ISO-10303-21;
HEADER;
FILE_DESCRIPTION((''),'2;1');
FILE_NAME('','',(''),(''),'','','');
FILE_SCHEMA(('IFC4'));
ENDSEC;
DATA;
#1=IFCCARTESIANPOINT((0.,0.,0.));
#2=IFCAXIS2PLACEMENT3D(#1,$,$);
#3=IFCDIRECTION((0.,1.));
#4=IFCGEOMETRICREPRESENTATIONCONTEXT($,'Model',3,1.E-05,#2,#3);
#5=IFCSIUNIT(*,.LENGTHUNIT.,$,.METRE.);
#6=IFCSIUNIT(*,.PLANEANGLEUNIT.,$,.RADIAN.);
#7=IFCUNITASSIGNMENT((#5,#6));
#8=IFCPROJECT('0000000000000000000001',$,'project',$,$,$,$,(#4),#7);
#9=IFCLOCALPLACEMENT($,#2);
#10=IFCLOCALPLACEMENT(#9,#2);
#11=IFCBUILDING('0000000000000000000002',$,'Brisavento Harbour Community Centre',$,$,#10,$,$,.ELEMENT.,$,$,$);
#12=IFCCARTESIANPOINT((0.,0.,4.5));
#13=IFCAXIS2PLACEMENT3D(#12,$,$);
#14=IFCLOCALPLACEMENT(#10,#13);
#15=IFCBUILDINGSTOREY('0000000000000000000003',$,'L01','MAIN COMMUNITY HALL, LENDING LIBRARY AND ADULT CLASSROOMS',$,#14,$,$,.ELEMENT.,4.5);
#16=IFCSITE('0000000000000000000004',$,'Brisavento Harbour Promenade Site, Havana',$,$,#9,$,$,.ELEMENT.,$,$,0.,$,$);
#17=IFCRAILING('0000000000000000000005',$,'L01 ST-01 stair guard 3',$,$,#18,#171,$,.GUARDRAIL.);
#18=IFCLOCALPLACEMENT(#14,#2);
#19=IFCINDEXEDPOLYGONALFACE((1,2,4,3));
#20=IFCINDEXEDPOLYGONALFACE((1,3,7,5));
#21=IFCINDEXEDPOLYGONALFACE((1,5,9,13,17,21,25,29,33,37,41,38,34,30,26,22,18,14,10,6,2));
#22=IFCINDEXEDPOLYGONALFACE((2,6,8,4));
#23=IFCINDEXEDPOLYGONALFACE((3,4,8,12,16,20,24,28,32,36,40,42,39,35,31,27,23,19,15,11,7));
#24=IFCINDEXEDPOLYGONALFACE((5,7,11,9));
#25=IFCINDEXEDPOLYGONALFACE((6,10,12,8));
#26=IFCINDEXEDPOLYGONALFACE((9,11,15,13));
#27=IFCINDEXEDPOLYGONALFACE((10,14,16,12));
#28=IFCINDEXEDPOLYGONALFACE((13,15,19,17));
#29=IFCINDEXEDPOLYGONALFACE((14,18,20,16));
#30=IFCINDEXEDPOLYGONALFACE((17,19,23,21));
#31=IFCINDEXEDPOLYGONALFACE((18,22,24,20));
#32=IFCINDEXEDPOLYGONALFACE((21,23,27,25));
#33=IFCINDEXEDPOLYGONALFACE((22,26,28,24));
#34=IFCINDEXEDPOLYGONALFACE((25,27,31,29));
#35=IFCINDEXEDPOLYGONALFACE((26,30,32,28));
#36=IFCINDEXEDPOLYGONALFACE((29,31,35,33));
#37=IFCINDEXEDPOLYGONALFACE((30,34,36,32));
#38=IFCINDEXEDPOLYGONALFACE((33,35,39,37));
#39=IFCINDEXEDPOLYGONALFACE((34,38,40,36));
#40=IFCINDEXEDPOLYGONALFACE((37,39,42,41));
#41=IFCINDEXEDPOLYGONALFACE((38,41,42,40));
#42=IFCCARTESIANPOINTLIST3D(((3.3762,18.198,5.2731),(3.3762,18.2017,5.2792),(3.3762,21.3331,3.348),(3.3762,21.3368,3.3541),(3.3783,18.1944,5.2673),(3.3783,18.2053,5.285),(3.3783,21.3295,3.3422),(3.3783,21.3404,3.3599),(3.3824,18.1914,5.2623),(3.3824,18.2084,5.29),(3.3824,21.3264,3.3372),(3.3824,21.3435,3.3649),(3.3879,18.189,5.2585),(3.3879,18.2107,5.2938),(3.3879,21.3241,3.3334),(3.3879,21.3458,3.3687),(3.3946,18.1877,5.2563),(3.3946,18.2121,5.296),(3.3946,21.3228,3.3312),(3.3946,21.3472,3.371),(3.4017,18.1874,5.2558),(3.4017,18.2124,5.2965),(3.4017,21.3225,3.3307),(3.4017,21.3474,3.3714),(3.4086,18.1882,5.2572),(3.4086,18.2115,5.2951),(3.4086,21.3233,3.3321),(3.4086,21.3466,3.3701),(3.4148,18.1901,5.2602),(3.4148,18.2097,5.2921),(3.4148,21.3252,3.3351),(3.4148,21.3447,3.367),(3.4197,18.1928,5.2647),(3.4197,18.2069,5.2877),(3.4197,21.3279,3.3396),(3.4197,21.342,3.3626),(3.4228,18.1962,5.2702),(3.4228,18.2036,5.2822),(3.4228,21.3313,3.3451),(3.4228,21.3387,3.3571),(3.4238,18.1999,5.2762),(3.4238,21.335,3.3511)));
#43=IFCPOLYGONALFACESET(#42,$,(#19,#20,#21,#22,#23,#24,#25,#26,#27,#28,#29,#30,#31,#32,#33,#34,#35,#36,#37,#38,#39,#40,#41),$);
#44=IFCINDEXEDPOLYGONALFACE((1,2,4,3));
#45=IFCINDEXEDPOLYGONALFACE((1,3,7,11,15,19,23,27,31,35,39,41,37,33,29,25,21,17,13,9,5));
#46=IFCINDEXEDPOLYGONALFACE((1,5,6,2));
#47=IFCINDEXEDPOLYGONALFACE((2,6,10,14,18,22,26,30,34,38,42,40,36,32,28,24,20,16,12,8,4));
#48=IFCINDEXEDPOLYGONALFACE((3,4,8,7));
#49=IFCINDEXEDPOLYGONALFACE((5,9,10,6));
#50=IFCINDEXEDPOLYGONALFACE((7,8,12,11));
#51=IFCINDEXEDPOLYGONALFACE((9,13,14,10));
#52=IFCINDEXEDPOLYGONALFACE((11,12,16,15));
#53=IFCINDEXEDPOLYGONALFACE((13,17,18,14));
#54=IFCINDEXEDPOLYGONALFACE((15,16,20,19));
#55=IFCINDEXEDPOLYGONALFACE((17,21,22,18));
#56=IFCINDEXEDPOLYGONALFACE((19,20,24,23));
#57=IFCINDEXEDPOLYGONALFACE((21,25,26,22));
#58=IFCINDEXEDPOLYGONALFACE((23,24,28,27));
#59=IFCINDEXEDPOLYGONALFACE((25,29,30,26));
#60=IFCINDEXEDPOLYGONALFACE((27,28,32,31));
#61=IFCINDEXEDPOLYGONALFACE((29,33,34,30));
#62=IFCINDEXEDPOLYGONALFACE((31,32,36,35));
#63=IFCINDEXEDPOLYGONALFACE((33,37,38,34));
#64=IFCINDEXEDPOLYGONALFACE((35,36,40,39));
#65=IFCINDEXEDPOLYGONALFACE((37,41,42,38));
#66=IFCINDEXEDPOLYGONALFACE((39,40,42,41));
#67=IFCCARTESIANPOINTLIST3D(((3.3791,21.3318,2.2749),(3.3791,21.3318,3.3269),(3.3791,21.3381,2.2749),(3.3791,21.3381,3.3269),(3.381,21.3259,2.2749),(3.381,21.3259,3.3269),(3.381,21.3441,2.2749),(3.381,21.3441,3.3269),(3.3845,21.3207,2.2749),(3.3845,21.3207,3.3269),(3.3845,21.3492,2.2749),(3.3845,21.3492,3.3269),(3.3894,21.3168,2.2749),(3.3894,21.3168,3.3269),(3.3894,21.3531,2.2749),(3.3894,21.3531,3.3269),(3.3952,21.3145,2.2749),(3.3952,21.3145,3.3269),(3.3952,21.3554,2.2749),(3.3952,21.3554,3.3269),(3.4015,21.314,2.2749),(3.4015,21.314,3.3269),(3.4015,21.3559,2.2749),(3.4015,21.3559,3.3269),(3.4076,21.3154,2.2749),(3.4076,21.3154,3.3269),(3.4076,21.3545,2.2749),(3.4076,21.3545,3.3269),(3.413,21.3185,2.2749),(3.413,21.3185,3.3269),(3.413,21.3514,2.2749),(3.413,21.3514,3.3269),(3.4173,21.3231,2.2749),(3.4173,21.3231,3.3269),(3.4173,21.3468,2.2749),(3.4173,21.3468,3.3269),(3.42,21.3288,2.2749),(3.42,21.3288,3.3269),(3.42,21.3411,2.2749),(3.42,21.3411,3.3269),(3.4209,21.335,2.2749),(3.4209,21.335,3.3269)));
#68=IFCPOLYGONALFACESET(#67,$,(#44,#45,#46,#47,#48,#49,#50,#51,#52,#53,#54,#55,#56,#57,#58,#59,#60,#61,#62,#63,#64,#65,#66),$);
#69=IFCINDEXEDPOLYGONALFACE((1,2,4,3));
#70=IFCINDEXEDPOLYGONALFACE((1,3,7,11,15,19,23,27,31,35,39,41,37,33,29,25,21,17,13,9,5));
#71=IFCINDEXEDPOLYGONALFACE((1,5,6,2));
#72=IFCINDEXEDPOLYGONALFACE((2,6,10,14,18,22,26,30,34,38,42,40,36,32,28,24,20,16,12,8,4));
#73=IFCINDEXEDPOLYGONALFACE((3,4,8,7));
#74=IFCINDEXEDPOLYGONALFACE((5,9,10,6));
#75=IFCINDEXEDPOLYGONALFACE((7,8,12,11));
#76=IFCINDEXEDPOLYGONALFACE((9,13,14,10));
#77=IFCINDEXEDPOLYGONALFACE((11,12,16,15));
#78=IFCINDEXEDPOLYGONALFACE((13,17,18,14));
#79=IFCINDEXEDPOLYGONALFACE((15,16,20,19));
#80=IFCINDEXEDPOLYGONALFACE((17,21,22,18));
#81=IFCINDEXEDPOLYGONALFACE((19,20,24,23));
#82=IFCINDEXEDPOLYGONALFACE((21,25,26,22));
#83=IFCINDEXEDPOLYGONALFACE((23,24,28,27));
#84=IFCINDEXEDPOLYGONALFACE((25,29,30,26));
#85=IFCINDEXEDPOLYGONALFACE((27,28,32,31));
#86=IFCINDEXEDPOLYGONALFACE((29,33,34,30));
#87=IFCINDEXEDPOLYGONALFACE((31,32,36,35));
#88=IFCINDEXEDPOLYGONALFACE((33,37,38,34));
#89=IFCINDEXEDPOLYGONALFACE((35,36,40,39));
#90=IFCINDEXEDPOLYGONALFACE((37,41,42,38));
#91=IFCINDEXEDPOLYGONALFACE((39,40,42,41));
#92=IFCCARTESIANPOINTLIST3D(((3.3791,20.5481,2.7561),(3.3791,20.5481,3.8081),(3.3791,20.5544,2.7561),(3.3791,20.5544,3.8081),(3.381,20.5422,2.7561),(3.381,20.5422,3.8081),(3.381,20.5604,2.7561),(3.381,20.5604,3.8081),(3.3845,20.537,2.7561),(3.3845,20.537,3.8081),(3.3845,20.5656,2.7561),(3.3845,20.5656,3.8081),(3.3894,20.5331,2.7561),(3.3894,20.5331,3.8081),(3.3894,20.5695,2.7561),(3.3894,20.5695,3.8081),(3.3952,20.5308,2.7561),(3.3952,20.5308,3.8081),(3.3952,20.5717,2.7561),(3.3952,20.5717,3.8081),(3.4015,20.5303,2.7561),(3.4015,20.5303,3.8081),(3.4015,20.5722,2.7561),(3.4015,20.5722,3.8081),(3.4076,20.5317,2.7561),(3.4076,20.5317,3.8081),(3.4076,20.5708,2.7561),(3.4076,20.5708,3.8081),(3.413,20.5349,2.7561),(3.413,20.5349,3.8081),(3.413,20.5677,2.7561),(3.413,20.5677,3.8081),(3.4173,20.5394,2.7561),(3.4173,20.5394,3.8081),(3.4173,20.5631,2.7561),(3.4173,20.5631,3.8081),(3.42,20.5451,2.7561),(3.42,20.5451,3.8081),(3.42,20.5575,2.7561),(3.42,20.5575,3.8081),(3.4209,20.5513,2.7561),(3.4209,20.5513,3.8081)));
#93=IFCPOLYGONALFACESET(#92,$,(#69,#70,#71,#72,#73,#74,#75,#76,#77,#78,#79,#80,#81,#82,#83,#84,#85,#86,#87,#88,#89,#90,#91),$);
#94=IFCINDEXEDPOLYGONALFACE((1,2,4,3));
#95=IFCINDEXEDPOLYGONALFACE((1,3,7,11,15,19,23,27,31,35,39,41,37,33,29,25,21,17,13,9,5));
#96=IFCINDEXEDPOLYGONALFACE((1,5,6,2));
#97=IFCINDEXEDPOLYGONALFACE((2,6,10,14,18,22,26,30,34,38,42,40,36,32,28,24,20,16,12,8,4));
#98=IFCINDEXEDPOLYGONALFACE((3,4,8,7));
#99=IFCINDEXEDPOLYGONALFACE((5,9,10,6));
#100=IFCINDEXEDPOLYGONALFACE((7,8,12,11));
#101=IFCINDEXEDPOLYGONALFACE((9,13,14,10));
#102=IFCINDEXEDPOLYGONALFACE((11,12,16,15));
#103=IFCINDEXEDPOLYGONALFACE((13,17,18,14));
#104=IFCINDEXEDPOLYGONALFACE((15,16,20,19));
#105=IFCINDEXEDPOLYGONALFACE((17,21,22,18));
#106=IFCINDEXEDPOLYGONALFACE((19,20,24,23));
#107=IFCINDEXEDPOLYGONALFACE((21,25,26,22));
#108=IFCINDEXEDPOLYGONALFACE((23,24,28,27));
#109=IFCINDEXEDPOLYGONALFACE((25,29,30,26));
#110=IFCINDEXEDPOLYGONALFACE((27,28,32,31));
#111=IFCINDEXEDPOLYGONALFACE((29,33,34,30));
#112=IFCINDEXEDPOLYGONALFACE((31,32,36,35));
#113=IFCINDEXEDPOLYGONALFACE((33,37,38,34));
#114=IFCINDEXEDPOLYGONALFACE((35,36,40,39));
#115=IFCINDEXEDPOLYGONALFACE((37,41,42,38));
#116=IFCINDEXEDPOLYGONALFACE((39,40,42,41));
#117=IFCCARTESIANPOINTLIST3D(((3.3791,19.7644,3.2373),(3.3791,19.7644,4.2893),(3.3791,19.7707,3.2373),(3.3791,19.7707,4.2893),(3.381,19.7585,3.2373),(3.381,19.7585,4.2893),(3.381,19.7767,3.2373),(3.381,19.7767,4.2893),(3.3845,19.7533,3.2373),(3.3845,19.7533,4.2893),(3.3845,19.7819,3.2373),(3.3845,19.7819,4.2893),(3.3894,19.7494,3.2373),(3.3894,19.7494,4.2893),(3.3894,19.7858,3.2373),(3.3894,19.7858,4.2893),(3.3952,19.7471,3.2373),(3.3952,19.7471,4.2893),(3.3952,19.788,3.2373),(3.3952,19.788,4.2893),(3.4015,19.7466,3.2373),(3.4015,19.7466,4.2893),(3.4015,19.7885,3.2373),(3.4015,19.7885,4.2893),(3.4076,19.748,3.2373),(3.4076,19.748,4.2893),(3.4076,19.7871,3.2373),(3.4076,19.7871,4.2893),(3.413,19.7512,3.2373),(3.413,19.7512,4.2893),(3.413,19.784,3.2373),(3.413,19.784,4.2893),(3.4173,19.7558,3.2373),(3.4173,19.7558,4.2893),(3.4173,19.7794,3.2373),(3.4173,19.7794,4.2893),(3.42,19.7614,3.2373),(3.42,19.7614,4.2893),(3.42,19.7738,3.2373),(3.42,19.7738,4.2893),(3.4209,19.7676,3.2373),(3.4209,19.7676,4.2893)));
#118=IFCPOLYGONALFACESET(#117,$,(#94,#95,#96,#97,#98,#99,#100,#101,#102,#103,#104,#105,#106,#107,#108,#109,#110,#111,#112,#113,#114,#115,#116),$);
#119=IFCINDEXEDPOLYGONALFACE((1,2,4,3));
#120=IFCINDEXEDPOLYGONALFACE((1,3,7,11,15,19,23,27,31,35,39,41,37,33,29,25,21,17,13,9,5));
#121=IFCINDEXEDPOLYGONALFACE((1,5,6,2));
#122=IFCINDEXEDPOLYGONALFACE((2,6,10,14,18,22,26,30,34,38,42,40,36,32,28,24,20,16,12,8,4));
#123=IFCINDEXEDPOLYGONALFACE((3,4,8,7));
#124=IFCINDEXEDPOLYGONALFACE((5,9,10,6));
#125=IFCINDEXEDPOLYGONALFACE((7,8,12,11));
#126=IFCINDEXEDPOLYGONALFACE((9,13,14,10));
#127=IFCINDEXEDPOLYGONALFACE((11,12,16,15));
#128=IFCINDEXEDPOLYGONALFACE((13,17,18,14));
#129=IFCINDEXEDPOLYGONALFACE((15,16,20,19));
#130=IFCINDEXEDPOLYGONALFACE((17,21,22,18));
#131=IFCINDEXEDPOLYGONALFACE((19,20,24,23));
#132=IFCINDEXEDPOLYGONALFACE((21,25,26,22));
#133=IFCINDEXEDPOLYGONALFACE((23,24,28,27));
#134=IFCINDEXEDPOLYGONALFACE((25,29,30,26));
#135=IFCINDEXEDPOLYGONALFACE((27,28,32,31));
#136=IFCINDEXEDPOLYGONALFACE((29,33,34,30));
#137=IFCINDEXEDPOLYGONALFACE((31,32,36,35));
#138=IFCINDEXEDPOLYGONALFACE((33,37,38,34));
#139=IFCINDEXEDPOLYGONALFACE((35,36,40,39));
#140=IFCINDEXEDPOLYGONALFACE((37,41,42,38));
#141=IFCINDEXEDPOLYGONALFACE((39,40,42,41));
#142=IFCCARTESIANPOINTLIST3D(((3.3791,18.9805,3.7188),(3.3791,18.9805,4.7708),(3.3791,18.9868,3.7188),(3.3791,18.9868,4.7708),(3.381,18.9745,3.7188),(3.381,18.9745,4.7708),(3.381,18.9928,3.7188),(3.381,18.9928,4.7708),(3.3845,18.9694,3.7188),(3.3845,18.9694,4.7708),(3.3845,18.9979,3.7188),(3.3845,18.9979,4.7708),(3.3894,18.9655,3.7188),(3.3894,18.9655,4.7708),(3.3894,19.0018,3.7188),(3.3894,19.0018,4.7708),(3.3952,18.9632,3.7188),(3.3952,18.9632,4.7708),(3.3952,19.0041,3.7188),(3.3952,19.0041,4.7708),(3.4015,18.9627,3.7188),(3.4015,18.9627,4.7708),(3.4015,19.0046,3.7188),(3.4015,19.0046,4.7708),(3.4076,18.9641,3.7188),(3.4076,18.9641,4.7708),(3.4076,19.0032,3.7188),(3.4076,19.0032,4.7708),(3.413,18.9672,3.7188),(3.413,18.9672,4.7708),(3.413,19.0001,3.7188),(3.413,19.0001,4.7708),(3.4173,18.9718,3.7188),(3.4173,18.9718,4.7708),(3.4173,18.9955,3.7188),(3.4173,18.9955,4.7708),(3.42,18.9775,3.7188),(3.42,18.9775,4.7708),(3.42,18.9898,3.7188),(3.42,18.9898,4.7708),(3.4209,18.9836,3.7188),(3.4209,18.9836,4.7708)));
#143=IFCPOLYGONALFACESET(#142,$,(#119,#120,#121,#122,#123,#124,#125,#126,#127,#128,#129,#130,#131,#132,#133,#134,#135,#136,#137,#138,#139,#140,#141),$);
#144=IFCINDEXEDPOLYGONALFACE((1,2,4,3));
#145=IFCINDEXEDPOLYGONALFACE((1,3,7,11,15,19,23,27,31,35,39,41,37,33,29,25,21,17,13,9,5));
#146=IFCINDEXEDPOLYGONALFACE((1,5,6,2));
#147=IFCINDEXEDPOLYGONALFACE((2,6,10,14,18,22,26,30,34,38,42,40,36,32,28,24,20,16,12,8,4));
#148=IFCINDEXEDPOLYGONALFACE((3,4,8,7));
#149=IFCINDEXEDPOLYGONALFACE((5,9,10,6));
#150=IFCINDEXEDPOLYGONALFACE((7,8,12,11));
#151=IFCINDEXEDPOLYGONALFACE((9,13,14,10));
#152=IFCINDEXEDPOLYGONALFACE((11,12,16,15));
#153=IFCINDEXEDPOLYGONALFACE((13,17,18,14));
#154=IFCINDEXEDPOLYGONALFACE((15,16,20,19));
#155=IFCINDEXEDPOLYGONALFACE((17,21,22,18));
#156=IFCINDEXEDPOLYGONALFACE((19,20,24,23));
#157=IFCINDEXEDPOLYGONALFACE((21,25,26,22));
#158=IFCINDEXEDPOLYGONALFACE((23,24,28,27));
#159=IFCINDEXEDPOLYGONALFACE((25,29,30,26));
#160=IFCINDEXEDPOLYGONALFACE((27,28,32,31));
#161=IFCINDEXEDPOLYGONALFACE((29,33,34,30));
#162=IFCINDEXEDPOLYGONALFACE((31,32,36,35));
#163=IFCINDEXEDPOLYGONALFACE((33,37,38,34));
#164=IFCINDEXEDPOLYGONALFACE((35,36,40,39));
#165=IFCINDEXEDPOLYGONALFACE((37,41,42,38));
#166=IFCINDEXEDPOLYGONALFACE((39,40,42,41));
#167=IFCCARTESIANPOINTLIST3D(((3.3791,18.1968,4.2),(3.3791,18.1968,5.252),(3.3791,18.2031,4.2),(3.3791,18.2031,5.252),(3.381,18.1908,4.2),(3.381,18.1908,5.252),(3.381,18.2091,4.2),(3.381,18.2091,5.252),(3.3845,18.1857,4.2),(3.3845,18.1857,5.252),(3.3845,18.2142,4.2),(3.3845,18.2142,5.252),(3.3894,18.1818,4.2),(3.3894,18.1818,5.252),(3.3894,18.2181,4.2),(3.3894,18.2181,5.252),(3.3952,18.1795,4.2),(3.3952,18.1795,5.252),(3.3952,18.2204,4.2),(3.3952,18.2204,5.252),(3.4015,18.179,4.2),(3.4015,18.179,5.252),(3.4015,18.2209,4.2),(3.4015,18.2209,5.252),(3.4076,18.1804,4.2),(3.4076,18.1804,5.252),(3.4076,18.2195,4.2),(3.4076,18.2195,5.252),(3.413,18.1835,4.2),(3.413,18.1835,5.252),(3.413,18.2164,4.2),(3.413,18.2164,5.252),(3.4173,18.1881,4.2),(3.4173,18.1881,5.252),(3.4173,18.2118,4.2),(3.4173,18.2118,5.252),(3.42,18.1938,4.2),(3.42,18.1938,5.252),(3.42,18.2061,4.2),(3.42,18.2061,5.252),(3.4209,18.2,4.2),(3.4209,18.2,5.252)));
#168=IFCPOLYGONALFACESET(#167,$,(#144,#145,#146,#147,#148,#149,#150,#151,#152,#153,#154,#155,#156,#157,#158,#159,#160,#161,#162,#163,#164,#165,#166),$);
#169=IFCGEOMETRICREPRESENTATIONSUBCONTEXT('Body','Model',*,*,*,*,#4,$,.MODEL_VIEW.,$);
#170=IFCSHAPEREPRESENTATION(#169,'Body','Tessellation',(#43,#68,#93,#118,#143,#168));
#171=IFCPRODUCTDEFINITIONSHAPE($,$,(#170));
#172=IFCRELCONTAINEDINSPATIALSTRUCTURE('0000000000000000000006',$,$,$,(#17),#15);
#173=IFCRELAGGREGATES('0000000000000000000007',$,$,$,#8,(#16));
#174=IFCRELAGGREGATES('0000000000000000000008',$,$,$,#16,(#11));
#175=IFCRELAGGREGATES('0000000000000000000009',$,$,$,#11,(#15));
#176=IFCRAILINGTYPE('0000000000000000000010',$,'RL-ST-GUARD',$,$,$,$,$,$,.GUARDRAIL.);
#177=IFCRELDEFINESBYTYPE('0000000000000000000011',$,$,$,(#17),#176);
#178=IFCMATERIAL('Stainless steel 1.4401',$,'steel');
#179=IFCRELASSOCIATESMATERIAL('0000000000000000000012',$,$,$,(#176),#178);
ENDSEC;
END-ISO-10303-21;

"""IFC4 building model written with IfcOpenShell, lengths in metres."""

from ifc_helpers import new_model, si_unit, direction, frame, origin, origin_2d, place, context, subcontext, project, spatial, circle, extrude, material, type_object, element, save


model = new_model("IFC4")

# Units and contexts
model_context = context("Model", 3, precision=1e-05, world=origin(), true_north=direction((0.0, 1.0)))
body_context = subcontext(model_context, "Body", "Model", "MODEL_VIEW")
ifc_project = project(units=[si_unit("LENGTHUNIT", "METRE"), si_unit("PLANEANGLEUNIT", "RADIAN")], contexts=[model_context])

# Site, building, storey
site_placement = place(None, origin())
site = spatial("IfcSite", under=ifc_project, at=site_placement, Name="Brisavento Harbour Promenade Site, Havana", CompositionType="ELEMENT", RefElevation=0.0)
building_placement = place(site_placement, origin())
building = spatial("IfcBuilding", under=site, at=building_placement, Name="Brisavento Harbour Community Centre", CompositionType="ELEMENT")
storey_placement = place(building_placement, frame((0.0, 0.0, 4.5)))
storey = spatial("IfcBuildingStorey", under=building, at=storey_placement, Name="L01", Description="MAIN COMMUNITY HALL, LENDING LIBRARY AND ADULT CLASSROOMS", CompositionType="ELEMENT", Elevation=4.5)

# Shared definitions
ifc_material_1 = material(Name="Stainless steel 1.4401", Category="steel")

# Railing
railing_type_1 = type_object("IfcRailingType", Name="RL-ST-GUARD", PredefinedType="GUARDRAIL", material=ifc_material_1)
railing_1_placement = place(storey_placement, frame((3.3999, 21.335, 2.2749)))
element("IfcRailing", 1, at=railing_1_placement, inside=storey, type_object=railing_type_1, Name="L01 ST-01 stair guard 3", PredefinedType="GUARDRAIL", context=body_context, shape_type="SweptSolid", body=[
    extrude(circle(Radius=0.0239, at=origin_2d()), frame((0.0, 0.0, 1.0762), z_axis=(0.0, -0.852166, 0.523271), x_axis=(1.0, 0.0, 0.0)), (0.0, 0.0, 1.0), 3.679),
    extrude(circle(Radius=0.021, at=origin_2d()), origin(), (0.0, 0.0, 1.0), 1.052),
    extrude(circle(Radius=0.021, at=origin_2d()), frame((0.0, -0.7837, 0.4812)), (0.0, 0.0, 1.0), 1.052),
    extrude(circle(Radius=0.021, at=origin_2d()), frame((0.0, -1.5674, 0.9624)), (0.0, 0.0, 1.0), 1.052),
    extrude(circle(Radius=0.021, at=origin_2d()), frame((0.0, -2.3513, 1.4438)), (0.0, 0.0, 1.0), 1.052),
    extrude(circle(Radius=0.021, at=origin_2d()), frame((0.0, -3.135, 1.925)), (0.0, 0.0, 1.0), 1.052),
])

save(model, "model.ifc")
